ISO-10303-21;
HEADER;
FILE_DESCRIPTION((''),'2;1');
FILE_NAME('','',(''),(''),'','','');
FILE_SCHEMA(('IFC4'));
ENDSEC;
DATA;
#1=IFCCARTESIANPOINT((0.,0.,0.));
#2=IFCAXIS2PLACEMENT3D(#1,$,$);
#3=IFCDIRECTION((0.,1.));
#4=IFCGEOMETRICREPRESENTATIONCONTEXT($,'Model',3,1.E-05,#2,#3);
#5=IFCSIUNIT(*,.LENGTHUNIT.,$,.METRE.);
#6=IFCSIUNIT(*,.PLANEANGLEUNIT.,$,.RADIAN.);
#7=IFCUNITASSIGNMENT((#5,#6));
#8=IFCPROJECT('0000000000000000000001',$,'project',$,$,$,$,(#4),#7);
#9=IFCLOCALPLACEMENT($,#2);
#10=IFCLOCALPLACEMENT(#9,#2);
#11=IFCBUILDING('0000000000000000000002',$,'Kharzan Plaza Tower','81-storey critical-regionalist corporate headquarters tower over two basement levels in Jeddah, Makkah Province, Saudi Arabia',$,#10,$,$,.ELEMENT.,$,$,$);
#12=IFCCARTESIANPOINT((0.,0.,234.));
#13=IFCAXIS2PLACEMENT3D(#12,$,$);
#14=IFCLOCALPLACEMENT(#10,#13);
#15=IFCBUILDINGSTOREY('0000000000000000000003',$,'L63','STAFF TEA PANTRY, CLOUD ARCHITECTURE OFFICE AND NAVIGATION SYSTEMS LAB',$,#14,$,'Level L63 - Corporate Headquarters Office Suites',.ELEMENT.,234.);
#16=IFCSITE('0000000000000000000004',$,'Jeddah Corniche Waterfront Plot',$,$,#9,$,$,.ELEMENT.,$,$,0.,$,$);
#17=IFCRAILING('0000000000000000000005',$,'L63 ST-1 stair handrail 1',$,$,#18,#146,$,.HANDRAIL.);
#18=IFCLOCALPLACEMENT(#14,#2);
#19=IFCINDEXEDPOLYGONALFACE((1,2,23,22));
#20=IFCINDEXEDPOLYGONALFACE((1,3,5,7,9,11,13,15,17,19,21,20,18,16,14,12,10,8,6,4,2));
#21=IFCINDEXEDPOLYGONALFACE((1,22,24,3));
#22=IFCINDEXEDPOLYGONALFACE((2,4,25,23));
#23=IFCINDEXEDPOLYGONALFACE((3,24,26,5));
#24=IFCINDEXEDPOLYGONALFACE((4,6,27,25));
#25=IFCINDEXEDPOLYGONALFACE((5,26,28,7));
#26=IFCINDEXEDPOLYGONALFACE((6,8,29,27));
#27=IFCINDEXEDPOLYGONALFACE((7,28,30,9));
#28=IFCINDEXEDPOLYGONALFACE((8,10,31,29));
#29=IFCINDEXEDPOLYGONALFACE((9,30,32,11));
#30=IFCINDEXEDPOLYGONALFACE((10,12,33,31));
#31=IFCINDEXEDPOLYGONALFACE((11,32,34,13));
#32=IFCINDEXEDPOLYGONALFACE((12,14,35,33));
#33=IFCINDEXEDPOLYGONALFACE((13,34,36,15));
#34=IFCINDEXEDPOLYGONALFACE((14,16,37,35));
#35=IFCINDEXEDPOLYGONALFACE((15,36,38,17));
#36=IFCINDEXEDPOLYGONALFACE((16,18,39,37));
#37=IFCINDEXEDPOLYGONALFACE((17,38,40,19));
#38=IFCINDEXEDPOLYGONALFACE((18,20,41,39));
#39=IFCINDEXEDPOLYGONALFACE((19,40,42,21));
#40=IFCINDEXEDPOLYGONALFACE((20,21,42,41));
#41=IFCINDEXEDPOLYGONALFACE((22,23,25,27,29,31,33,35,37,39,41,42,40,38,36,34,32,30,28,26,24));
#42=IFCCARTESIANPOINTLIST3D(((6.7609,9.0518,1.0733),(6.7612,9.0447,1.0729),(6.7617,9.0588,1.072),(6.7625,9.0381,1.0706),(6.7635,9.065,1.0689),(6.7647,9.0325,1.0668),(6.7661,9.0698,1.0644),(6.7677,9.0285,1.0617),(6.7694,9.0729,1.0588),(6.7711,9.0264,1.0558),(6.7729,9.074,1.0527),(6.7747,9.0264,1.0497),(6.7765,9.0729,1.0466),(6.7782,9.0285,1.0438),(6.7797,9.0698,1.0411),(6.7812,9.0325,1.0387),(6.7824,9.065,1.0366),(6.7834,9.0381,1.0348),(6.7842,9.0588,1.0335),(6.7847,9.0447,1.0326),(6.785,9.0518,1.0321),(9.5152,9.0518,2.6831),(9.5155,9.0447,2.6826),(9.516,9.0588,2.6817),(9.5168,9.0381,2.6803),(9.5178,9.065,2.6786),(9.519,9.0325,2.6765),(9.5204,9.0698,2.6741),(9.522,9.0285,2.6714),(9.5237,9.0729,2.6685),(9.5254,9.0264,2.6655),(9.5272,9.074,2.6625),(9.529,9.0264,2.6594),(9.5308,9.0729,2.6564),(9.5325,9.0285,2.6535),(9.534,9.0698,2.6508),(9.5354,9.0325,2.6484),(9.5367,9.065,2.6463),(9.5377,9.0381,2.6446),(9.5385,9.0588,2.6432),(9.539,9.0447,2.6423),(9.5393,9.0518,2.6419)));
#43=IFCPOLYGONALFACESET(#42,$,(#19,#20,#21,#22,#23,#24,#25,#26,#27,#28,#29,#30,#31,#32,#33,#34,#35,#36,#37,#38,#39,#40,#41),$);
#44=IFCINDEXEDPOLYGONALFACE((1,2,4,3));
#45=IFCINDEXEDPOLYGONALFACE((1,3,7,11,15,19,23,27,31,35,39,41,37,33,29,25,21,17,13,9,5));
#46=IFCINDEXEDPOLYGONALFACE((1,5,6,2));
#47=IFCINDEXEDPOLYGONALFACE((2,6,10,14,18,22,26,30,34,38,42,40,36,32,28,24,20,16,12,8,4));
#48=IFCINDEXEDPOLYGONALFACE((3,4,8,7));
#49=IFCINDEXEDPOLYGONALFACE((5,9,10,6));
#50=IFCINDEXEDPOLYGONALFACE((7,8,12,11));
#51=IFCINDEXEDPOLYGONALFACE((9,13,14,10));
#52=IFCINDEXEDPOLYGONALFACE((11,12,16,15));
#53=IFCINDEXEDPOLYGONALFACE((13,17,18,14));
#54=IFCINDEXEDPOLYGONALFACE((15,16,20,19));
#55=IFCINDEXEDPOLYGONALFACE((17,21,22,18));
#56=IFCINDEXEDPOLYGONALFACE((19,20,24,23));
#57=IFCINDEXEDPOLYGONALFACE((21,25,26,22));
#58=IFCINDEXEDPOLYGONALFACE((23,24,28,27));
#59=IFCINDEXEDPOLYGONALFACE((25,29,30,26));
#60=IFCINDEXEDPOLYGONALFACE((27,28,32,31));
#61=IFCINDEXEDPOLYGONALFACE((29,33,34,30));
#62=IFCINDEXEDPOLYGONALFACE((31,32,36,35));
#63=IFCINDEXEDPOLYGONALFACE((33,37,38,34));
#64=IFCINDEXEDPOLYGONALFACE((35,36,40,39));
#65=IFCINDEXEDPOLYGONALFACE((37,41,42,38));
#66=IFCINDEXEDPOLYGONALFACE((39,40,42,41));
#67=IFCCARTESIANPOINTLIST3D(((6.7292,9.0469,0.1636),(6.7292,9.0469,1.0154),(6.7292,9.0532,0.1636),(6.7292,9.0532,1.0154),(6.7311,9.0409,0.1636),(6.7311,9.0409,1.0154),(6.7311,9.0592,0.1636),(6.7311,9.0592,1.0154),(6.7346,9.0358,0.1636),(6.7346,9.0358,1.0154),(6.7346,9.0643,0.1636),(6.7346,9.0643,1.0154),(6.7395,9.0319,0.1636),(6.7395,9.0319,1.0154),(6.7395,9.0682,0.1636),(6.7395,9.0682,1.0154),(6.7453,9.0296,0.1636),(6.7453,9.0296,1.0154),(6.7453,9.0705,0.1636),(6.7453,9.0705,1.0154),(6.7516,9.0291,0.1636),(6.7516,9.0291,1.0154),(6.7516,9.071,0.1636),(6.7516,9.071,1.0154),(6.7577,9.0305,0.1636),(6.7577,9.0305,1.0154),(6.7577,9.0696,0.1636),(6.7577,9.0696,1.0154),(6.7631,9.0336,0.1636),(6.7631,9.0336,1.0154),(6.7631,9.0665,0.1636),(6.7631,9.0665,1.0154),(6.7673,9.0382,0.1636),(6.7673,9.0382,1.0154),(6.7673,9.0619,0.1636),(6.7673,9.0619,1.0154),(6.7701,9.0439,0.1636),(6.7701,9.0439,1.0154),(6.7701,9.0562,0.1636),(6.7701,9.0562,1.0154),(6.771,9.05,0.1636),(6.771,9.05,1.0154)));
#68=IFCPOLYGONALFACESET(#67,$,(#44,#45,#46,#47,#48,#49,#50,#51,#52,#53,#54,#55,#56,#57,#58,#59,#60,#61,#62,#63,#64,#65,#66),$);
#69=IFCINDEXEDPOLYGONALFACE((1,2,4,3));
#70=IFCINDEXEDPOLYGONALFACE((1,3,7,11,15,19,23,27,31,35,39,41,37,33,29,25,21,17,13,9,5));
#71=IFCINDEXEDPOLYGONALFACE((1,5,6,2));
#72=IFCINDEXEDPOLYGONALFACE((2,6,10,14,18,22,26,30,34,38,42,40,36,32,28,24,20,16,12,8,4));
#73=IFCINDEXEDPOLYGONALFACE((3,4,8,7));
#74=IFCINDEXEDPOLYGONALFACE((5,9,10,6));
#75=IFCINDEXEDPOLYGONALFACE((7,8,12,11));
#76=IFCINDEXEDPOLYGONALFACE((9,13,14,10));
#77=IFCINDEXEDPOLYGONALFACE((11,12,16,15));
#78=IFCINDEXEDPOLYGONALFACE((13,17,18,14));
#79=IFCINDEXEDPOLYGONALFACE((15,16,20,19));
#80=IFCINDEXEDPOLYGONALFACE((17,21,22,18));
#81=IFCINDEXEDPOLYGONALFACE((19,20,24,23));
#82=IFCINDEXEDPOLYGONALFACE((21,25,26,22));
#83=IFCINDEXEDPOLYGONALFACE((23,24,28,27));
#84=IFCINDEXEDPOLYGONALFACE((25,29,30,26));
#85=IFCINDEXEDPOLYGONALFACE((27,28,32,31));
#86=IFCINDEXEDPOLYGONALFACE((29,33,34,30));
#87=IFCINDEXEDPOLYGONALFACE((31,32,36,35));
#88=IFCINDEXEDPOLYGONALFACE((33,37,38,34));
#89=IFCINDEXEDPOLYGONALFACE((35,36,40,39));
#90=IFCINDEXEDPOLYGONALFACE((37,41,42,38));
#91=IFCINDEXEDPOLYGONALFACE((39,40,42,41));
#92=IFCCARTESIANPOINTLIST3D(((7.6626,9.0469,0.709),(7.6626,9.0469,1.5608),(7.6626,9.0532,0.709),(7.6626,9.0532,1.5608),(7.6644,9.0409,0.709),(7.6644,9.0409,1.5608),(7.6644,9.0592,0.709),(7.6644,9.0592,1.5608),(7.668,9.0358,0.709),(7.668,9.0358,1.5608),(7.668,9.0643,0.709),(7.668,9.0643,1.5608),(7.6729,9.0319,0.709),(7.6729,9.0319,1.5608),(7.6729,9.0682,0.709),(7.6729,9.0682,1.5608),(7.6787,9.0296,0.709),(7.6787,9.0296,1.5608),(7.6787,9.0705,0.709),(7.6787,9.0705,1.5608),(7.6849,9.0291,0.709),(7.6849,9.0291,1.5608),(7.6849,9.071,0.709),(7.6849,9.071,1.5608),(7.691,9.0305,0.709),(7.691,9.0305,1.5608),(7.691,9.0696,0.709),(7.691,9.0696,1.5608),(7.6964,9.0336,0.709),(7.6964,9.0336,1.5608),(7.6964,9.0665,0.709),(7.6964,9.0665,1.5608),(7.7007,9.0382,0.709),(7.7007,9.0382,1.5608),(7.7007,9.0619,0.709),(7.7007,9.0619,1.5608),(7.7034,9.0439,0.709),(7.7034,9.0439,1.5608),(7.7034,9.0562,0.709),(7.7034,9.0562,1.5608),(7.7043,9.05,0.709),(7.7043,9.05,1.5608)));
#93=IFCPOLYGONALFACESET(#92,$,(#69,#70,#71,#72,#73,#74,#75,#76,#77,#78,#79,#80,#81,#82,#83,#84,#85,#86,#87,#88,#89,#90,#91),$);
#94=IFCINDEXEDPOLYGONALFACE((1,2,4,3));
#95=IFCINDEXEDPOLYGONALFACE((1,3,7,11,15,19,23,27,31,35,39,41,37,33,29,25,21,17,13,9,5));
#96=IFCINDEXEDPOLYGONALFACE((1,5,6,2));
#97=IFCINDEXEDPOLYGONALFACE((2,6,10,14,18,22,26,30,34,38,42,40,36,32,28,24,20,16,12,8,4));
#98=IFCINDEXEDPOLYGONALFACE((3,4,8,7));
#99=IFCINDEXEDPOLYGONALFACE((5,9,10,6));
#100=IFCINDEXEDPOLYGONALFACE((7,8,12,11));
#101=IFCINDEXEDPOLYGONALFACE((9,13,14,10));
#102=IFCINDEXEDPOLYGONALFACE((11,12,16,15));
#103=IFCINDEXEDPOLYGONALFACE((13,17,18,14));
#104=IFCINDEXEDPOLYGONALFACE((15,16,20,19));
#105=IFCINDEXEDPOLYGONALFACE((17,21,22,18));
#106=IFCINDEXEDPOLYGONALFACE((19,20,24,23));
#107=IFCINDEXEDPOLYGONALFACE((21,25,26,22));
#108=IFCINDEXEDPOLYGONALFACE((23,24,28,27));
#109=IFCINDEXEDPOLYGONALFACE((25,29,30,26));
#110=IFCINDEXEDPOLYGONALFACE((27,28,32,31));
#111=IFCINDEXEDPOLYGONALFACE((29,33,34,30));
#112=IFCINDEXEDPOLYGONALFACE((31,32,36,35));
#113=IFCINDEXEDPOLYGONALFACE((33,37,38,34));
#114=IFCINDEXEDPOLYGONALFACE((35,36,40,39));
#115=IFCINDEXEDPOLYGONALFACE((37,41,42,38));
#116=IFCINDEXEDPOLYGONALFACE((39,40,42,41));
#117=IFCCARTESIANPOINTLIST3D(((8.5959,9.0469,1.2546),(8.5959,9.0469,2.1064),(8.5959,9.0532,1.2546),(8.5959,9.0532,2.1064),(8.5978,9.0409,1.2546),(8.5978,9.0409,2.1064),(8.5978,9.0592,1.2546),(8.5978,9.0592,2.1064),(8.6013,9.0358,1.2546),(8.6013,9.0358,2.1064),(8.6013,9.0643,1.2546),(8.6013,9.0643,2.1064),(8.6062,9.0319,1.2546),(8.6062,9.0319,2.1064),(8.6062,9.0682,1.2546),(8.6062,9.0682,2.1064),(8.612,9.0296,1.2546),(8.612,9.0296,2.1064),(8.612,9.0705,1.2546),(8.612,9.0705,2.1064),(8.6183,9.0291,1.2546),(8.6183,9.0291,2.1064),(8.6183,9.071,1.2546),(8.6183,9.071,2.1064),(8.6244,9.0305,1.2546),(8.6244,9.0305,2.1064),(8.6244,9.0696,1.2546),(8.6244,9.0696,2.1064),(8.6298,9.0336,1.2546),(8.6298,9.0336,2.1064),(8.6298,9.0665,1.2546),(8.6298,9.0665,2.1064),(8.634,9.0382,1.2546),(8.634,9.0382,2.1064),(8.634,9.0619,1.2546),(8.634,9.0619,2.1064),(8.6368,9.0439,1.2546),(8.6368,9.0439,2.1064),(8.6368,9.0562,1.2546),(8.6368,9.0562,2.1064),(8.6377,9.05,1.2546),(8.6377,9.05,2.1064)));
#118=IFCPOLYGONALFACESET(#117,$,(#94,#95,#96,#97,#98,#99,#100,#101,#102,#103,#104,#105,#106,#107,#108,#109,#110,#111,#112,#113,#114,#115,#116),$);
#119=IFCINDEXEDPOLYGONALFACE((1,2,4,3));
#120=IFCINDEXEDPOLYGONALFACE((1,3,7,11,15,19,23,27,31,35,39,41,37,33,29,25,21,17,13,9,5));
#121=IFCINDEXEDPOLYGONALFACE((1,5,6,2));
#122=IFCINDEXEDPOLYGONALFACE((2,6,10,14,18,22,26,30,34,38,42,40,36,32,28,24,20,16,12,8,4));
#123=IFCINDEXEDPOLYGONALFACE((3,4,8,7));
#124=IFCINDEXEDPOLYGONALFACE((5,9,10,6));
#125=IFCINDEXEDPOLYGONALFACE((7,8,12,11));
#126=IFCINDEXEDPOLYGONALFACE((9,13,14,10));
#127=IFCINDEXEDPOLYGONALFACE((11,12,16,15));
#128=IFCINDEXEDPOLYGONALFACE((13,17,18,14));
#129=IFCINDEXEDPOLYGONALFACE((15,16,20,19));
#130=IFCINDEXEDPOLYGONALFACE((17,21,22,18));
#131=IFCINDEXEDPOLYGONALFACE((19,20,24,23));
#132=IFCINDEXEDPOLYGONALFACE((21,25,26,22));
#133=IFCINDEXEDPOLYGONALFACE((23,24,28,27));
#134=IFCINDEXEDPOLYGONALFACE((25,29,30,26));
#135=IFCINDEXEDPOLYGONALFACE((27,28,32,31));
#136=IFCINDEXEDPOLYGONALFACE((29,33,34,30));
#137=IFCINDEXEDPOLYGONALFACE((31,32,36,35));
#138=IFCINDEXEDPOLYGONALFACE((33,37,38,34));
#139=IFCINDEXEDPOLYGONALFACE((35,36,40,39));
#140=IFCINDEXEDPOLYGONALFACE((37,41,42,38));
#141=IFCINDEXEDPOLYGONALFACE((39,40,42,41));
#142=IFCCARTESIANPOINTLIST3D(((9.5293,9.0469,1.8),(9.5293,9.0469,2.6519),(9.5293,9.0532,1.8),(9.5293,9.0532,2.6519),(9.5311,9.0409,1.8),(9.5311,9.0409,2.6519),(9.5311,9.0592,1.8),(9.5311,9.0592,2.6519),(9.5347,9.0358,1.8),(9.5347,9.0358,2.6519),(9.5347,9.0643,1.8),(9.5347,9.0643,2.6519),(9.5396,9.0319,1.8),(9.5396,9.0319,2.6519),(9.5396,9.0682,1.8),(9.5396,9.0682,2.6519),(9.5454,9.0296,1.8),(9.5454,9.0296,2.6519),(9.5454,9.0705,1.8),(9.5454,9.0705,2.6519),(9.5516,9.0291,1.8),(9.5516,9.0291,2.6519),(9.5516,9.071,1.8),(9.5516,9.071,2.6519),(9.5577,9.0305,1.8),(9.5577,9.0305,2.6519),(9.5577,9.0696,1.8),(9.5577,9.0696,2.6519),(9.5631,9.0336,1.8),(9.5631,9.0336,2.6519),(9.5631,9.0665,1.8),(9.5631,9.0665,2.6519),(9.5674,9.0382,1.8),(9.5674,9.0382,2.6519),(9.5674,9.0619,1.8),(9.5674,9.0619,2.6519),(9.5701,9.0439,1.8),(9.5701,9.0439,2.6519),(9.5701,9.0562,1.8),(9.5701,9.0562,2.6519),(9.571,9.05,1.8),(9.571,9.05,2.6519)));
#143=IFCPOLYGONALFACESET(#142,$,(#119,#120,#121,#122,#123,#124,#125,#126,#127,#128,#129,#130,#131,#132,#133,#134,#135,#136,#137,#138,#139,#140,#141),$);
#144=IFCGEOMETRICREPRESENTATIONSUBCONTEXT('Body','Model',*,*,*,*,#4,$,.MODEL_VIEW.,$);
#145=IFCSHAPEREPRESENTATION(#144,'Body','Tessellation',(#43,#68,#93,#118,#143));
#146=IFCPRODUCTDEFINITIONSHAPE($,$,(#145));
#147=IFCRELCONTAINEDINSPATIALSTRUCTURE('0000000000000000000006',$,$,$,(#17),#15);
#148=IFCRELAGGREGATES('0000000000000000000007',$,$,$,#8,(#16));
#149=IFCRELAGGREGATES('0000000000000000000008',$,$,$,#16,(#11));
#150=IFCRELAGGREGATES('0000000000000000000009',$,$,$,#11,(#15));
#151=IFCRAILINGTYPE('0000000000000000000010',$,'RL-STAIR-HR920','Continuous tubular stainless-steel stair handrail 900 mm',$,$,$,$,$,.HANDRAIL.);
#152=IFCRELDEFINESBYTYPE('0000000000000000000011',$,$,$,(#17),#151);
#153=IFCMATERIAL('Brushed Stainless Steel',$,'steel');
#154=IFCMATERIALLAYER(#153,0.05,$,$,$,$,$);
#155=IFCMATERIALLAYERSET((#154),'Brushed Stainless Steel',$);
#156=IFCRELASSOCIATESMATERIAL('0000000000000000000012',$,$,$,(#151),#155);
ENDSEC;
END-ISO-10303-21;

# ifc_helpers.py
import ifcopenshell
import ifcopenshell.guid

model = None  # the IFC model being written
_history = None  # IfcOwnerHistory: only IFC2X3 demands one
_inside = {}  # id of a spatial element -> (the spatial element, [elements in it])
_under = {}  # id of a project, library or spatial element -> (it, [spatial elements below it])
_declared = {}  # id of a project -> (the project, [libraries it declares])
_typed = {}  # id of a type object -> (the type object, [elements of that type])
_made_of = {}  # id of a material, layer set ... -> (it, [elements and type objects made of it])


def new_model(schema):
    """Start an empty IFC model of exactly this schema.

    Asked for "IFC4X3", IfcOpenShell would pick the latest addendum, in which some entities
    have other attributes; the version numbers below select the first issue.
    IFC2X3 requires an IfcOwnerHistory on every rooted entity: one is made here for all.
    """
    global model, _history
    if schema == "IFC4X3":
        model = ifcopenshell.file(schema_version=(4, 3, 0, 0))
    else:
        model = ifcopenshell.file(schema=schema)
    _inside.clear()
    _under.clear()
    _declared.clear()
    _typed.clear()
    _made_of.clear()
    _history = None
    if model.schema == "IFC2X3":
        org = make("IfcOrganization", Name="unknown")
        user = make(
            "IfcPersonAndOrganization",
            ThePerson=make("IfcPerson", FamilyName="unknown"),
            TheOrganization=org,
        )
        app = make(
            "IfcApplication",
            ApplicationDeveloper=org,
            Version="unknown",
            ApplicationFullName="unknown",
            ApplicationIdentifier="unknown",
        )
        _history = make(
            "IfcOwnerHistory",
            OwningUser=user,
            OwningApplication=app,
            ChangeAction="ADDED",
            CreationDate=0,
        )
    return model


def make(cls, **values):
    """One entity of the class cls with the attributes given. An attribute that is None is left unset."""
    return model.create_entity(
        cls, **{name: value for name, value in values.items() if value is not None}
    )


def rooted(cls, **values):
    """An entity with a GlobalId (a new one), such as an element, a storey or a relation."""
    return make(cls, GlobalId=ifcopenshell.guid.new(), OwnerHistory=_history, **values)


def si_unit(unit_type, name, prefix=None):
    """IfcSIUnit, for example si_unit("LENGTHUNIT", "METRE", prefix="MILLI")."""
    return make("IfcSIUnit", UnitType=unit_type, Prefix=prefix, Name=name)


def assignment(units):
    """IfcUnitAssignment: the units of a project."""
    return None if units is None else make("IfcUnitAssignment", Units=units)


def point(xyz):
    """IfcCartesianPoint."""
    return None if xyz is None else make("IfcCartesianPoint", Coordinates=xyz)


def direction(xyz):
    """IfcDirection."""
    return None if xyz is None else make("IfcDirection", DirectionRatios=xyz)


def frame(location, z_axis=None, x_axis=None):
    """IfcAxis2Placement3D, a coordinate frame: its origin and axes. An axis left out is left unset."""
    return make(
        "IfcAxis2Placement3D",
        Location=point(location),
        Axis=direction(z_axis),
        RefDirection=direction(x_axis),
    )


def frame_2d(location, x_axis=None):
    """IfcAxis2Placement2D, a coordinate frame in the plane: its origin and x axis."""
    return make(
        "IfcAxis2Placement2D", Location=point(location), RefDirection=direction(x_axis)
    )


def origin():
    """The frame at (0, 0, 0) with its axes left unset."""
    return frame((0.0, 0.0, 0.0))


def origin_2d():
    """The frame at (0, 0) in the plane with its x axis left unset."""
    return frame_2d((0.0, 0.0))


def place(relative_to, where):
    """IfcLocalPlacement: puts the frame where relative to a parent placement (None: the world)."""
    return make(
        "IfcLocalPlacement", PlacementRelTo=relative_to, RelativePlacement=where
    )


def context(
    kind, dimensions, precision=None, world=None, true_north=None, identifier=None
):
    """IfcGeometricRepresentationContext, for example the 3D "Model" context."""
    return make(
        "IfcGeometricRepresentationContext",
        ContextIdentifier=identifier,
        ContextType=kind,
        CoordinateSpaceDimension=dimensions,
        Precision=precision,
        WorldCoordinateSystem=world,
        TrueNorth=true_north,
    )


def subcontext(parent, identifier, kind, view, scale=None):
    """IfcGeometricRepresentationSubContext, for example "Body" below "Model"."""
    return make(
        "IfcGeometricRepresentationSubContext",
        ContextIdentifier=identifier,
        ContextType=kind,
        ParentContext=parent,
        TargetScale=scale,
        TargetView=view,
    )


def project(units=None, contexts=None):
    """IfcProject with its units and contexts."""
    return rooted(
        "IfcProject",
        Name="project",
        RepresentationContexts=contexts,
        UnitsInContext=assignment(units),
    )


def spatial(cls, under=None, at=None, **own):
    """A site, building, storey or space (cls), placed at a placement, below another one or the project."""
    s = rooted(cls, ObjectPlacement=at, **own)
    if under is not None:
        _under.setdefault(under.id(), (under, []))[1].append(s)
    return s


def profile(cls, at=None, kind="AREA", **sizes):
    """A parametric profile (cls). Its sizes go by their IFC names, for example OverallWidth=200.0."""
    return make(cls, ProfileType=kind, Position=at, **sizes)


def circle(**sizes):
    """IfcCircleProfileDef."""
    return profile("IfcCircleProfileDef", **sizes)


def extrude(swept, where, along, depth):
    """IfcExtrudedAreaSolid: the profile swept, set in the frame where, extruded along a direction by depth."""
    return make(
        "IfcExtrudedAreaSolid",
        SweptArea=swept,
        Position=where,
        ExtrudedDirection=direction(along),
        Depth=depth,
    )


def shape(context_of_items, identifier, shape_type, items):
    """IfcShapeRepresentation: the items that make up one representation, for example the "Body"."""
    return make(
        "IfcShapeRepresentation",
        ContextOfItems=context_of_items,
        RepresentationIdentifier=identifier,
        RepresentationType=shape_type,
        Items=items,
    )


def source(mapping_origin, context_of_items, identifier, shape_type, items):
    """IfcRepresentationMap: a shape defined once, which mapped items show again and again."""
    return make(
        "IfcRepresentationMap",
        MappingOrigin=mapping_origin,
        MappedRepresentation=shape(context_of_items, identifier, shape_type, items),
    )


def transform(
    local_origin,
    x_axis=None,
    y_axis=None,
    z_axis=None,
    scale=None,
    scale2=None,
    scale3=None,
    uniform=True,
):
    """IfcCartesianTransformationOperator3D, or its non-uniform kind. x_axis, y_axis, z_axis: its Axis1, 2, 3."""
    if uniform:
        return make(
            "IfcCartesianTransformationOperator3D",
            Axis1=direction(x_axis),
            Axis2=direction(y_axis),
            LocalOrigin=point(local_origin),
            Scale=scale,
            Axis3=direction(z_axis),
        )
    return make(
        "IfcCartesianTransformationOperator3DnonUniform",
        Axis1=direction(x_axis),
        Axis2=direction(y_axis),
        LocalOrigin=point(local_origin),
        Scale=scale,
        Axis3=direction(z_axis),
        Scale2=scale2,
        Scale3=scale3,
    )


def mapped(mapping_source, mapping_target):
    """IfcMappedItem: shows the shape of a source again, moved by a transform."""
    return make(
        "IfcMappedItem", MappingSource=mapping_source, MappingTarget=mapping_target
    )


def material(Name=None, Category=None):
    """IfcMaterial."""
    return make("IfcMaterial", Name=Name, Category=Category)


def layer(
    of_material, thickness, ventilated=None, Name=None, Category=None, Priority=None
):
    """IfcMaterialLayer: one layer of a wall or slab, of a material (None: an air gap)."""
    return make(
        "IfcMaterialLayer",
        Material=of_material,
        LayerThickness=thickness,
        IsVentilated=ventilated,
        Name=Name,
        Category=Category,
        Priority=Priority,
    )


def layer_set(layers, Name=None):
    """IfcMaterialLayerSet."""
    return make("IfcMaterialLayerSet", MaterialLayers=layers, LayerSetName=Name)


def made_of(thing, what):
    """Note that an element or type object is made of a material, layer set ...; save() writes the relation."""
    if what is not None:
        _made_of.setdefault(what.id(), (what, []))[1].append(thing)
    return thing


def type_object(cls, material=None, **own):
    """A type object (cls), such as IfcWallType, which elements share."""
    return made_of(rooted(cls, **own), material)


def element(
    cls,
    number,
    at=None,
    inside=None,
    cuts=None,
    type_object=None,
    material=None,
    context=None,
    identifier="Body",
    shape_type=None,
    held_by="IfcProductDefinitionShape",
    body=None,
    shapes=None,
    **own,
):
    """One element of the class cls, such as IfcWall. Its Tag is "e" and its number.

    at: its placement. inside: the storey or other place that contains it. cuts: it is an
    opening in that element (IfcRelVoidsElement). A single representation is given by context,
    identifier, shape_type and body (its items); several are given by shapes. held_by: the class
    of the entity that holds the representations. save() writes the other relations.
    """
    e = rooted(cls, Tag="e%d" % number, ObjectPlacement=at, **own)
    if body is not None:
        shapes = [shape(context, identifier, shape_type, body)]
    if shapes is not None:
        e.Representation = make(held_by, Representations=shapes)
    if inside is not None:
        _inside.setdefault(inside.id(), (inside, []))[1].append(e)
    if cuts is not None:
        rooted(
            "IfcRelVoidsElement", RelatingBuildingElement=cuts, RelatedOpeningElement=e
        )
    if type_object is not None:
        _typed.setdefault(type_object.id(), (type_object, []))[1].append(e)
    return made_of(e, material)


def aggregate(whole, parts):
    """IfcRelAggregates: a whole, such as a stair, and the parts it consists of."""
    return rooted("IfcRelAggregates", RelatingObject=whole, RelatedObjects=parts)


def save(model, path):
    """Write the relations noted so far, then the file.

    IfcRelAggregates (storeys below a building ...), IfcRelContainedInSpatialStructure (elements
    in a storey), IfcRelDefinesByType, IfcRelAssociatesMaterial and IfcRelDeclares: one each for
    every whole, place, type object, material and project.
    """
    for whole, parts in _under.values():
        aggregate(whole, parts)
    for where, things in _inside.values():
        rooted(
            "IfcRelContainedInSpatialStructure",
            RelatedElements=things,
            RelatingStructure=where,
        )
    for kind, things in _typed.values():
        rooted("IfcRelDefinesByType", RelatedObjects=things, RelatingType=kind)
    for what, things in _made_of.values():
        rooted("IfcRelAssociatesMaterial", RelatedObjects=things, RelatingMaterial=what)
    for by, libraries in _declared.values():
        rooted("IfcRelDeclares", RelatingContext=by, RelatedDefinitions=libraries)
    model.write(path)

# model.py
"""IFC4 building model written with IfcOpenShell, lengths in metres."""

from ifc_helpers import new_model, si_unit, direction, frame, origin, origin_2d, place, context, subcontext, project, spatial, circle, extrude, source, transform, mapped, material, layer, layer_set, type_object, element, save


model = new_model("IFC4")

# Units and contexts
model_context = context("Model", 3, precision=1e-05, world=origin(), true_north=direction((0.0, 1.0)))
body_context = subcontext(model_context, "Body", "Model", "MODEL_VIEW")
ifc_project = project(units=[si_unit("LENGTHUNIT", "METRE"), si_unit("PLANEANGLEUNIT", "RADIAN")], contexts=[model_context])

# Site, building, storey
site_placement = place(None, origin())
site = spatial("IfcSite", under=ifc_project, at=site_placement, Name="Jeddah Corniche Waterfront Plot", CompositionType="ELEMENT", RefElevation=0.0)
building_placement = place(site_placement, origin())
building = spatial("IfcBuilding", under=site, at=building_placement, Name="Kharzan Plaza Tower", Description="81-storey critical-regionalist corporate headquarters tower over two basement levels in Jeddah, Makkah Province, Saudi Arabia", CompositionType="ELEMENT")
storey_placement = place(building_placement, frame((0.0, 0.0, 234.0)))
storey = spatial("IfcBuildingStorey", under=building, at=storey_placement, Name="L63", Description="STAFF TEA PANTRY, CLOUD ARCHITECTURE OFFICE AND NAVIGATION SYSTEMS LAB", LongName="Level L63 - Corporate Headquarters Office Suites", CompositionType="ELEMENT", Elevation=234.0)

# Railing
ifc_material_1 = material(Name="Brushed Stainless Steel", Category="steel")
ifc_layer_1 = layer(ifc_material_1, 0.05)
ifc_layer_set_1 = layer_set([ifc_layer_1], Name="Brushed Stainless Steel")
railing_type_1 = type_object("IfcRailingType", Name="RL-STAIR-HR920", Description="Continuous tubular stainless-steel stair handrail 900 mm", PredefinedType="HANDRAIL", material=ifc_layer_set_1)
shared_shape_1 = source(origin(), body_context, "Body", "SweptSolid", [
    extrude(circle(Radius=0.0239, at=origin_2d()), frame((0.0229, 0.0, 0.8892), z_axis=(0.863361, 0.0, 0.504587), x_axis=(0.0, 1.0, 0.0)), (0.0, 0.0, 1.0), 3.1902),
    extrude(circle(Radius=0.021, at=origin_2d()), origin(), (0.0, 0.0, 1.0), 0.8518),
    extrude(circle(Radius=0.021, at=origin_2d()), frame((0.9333, 0.0, 0.5454)), (0.0, 0.0, 1.0), 0.8518),
    extrude(circle(Radius=0.021, at=origin_2d()), frame((1.8667, 0.0, 1.0911)), (0.0, 0.0, 1.0), 0.8518),
    extrude(circle(Radius=0.021, at=origin_2d()), frame((2.8, 0.0, 1.6365)), (0.0, 0.0, 1.0), 0.8518),
])
railing_1_placement = place(storey_placement, frame((6.75, 9.05, 0.1636)))
element("IfcRailing", 1, at=railing_1_placement, inside=storey, type_object=railing_type_1, Name="L63 ST-1 stair handrail 1", PredefinedType="HANDRAIL", context=body_context, shape_type="MappedRepresentation", body=[
    mapped(shared_shape_1, transform((0.0, 0.0, 0.0), x_axis=(1.0, 0.0, 0.0), y_axis=(0.0, 1.0, 0.0), z_axis=(0.0, 0.0, 1.0))),
])

save(model, "model.ifc")
